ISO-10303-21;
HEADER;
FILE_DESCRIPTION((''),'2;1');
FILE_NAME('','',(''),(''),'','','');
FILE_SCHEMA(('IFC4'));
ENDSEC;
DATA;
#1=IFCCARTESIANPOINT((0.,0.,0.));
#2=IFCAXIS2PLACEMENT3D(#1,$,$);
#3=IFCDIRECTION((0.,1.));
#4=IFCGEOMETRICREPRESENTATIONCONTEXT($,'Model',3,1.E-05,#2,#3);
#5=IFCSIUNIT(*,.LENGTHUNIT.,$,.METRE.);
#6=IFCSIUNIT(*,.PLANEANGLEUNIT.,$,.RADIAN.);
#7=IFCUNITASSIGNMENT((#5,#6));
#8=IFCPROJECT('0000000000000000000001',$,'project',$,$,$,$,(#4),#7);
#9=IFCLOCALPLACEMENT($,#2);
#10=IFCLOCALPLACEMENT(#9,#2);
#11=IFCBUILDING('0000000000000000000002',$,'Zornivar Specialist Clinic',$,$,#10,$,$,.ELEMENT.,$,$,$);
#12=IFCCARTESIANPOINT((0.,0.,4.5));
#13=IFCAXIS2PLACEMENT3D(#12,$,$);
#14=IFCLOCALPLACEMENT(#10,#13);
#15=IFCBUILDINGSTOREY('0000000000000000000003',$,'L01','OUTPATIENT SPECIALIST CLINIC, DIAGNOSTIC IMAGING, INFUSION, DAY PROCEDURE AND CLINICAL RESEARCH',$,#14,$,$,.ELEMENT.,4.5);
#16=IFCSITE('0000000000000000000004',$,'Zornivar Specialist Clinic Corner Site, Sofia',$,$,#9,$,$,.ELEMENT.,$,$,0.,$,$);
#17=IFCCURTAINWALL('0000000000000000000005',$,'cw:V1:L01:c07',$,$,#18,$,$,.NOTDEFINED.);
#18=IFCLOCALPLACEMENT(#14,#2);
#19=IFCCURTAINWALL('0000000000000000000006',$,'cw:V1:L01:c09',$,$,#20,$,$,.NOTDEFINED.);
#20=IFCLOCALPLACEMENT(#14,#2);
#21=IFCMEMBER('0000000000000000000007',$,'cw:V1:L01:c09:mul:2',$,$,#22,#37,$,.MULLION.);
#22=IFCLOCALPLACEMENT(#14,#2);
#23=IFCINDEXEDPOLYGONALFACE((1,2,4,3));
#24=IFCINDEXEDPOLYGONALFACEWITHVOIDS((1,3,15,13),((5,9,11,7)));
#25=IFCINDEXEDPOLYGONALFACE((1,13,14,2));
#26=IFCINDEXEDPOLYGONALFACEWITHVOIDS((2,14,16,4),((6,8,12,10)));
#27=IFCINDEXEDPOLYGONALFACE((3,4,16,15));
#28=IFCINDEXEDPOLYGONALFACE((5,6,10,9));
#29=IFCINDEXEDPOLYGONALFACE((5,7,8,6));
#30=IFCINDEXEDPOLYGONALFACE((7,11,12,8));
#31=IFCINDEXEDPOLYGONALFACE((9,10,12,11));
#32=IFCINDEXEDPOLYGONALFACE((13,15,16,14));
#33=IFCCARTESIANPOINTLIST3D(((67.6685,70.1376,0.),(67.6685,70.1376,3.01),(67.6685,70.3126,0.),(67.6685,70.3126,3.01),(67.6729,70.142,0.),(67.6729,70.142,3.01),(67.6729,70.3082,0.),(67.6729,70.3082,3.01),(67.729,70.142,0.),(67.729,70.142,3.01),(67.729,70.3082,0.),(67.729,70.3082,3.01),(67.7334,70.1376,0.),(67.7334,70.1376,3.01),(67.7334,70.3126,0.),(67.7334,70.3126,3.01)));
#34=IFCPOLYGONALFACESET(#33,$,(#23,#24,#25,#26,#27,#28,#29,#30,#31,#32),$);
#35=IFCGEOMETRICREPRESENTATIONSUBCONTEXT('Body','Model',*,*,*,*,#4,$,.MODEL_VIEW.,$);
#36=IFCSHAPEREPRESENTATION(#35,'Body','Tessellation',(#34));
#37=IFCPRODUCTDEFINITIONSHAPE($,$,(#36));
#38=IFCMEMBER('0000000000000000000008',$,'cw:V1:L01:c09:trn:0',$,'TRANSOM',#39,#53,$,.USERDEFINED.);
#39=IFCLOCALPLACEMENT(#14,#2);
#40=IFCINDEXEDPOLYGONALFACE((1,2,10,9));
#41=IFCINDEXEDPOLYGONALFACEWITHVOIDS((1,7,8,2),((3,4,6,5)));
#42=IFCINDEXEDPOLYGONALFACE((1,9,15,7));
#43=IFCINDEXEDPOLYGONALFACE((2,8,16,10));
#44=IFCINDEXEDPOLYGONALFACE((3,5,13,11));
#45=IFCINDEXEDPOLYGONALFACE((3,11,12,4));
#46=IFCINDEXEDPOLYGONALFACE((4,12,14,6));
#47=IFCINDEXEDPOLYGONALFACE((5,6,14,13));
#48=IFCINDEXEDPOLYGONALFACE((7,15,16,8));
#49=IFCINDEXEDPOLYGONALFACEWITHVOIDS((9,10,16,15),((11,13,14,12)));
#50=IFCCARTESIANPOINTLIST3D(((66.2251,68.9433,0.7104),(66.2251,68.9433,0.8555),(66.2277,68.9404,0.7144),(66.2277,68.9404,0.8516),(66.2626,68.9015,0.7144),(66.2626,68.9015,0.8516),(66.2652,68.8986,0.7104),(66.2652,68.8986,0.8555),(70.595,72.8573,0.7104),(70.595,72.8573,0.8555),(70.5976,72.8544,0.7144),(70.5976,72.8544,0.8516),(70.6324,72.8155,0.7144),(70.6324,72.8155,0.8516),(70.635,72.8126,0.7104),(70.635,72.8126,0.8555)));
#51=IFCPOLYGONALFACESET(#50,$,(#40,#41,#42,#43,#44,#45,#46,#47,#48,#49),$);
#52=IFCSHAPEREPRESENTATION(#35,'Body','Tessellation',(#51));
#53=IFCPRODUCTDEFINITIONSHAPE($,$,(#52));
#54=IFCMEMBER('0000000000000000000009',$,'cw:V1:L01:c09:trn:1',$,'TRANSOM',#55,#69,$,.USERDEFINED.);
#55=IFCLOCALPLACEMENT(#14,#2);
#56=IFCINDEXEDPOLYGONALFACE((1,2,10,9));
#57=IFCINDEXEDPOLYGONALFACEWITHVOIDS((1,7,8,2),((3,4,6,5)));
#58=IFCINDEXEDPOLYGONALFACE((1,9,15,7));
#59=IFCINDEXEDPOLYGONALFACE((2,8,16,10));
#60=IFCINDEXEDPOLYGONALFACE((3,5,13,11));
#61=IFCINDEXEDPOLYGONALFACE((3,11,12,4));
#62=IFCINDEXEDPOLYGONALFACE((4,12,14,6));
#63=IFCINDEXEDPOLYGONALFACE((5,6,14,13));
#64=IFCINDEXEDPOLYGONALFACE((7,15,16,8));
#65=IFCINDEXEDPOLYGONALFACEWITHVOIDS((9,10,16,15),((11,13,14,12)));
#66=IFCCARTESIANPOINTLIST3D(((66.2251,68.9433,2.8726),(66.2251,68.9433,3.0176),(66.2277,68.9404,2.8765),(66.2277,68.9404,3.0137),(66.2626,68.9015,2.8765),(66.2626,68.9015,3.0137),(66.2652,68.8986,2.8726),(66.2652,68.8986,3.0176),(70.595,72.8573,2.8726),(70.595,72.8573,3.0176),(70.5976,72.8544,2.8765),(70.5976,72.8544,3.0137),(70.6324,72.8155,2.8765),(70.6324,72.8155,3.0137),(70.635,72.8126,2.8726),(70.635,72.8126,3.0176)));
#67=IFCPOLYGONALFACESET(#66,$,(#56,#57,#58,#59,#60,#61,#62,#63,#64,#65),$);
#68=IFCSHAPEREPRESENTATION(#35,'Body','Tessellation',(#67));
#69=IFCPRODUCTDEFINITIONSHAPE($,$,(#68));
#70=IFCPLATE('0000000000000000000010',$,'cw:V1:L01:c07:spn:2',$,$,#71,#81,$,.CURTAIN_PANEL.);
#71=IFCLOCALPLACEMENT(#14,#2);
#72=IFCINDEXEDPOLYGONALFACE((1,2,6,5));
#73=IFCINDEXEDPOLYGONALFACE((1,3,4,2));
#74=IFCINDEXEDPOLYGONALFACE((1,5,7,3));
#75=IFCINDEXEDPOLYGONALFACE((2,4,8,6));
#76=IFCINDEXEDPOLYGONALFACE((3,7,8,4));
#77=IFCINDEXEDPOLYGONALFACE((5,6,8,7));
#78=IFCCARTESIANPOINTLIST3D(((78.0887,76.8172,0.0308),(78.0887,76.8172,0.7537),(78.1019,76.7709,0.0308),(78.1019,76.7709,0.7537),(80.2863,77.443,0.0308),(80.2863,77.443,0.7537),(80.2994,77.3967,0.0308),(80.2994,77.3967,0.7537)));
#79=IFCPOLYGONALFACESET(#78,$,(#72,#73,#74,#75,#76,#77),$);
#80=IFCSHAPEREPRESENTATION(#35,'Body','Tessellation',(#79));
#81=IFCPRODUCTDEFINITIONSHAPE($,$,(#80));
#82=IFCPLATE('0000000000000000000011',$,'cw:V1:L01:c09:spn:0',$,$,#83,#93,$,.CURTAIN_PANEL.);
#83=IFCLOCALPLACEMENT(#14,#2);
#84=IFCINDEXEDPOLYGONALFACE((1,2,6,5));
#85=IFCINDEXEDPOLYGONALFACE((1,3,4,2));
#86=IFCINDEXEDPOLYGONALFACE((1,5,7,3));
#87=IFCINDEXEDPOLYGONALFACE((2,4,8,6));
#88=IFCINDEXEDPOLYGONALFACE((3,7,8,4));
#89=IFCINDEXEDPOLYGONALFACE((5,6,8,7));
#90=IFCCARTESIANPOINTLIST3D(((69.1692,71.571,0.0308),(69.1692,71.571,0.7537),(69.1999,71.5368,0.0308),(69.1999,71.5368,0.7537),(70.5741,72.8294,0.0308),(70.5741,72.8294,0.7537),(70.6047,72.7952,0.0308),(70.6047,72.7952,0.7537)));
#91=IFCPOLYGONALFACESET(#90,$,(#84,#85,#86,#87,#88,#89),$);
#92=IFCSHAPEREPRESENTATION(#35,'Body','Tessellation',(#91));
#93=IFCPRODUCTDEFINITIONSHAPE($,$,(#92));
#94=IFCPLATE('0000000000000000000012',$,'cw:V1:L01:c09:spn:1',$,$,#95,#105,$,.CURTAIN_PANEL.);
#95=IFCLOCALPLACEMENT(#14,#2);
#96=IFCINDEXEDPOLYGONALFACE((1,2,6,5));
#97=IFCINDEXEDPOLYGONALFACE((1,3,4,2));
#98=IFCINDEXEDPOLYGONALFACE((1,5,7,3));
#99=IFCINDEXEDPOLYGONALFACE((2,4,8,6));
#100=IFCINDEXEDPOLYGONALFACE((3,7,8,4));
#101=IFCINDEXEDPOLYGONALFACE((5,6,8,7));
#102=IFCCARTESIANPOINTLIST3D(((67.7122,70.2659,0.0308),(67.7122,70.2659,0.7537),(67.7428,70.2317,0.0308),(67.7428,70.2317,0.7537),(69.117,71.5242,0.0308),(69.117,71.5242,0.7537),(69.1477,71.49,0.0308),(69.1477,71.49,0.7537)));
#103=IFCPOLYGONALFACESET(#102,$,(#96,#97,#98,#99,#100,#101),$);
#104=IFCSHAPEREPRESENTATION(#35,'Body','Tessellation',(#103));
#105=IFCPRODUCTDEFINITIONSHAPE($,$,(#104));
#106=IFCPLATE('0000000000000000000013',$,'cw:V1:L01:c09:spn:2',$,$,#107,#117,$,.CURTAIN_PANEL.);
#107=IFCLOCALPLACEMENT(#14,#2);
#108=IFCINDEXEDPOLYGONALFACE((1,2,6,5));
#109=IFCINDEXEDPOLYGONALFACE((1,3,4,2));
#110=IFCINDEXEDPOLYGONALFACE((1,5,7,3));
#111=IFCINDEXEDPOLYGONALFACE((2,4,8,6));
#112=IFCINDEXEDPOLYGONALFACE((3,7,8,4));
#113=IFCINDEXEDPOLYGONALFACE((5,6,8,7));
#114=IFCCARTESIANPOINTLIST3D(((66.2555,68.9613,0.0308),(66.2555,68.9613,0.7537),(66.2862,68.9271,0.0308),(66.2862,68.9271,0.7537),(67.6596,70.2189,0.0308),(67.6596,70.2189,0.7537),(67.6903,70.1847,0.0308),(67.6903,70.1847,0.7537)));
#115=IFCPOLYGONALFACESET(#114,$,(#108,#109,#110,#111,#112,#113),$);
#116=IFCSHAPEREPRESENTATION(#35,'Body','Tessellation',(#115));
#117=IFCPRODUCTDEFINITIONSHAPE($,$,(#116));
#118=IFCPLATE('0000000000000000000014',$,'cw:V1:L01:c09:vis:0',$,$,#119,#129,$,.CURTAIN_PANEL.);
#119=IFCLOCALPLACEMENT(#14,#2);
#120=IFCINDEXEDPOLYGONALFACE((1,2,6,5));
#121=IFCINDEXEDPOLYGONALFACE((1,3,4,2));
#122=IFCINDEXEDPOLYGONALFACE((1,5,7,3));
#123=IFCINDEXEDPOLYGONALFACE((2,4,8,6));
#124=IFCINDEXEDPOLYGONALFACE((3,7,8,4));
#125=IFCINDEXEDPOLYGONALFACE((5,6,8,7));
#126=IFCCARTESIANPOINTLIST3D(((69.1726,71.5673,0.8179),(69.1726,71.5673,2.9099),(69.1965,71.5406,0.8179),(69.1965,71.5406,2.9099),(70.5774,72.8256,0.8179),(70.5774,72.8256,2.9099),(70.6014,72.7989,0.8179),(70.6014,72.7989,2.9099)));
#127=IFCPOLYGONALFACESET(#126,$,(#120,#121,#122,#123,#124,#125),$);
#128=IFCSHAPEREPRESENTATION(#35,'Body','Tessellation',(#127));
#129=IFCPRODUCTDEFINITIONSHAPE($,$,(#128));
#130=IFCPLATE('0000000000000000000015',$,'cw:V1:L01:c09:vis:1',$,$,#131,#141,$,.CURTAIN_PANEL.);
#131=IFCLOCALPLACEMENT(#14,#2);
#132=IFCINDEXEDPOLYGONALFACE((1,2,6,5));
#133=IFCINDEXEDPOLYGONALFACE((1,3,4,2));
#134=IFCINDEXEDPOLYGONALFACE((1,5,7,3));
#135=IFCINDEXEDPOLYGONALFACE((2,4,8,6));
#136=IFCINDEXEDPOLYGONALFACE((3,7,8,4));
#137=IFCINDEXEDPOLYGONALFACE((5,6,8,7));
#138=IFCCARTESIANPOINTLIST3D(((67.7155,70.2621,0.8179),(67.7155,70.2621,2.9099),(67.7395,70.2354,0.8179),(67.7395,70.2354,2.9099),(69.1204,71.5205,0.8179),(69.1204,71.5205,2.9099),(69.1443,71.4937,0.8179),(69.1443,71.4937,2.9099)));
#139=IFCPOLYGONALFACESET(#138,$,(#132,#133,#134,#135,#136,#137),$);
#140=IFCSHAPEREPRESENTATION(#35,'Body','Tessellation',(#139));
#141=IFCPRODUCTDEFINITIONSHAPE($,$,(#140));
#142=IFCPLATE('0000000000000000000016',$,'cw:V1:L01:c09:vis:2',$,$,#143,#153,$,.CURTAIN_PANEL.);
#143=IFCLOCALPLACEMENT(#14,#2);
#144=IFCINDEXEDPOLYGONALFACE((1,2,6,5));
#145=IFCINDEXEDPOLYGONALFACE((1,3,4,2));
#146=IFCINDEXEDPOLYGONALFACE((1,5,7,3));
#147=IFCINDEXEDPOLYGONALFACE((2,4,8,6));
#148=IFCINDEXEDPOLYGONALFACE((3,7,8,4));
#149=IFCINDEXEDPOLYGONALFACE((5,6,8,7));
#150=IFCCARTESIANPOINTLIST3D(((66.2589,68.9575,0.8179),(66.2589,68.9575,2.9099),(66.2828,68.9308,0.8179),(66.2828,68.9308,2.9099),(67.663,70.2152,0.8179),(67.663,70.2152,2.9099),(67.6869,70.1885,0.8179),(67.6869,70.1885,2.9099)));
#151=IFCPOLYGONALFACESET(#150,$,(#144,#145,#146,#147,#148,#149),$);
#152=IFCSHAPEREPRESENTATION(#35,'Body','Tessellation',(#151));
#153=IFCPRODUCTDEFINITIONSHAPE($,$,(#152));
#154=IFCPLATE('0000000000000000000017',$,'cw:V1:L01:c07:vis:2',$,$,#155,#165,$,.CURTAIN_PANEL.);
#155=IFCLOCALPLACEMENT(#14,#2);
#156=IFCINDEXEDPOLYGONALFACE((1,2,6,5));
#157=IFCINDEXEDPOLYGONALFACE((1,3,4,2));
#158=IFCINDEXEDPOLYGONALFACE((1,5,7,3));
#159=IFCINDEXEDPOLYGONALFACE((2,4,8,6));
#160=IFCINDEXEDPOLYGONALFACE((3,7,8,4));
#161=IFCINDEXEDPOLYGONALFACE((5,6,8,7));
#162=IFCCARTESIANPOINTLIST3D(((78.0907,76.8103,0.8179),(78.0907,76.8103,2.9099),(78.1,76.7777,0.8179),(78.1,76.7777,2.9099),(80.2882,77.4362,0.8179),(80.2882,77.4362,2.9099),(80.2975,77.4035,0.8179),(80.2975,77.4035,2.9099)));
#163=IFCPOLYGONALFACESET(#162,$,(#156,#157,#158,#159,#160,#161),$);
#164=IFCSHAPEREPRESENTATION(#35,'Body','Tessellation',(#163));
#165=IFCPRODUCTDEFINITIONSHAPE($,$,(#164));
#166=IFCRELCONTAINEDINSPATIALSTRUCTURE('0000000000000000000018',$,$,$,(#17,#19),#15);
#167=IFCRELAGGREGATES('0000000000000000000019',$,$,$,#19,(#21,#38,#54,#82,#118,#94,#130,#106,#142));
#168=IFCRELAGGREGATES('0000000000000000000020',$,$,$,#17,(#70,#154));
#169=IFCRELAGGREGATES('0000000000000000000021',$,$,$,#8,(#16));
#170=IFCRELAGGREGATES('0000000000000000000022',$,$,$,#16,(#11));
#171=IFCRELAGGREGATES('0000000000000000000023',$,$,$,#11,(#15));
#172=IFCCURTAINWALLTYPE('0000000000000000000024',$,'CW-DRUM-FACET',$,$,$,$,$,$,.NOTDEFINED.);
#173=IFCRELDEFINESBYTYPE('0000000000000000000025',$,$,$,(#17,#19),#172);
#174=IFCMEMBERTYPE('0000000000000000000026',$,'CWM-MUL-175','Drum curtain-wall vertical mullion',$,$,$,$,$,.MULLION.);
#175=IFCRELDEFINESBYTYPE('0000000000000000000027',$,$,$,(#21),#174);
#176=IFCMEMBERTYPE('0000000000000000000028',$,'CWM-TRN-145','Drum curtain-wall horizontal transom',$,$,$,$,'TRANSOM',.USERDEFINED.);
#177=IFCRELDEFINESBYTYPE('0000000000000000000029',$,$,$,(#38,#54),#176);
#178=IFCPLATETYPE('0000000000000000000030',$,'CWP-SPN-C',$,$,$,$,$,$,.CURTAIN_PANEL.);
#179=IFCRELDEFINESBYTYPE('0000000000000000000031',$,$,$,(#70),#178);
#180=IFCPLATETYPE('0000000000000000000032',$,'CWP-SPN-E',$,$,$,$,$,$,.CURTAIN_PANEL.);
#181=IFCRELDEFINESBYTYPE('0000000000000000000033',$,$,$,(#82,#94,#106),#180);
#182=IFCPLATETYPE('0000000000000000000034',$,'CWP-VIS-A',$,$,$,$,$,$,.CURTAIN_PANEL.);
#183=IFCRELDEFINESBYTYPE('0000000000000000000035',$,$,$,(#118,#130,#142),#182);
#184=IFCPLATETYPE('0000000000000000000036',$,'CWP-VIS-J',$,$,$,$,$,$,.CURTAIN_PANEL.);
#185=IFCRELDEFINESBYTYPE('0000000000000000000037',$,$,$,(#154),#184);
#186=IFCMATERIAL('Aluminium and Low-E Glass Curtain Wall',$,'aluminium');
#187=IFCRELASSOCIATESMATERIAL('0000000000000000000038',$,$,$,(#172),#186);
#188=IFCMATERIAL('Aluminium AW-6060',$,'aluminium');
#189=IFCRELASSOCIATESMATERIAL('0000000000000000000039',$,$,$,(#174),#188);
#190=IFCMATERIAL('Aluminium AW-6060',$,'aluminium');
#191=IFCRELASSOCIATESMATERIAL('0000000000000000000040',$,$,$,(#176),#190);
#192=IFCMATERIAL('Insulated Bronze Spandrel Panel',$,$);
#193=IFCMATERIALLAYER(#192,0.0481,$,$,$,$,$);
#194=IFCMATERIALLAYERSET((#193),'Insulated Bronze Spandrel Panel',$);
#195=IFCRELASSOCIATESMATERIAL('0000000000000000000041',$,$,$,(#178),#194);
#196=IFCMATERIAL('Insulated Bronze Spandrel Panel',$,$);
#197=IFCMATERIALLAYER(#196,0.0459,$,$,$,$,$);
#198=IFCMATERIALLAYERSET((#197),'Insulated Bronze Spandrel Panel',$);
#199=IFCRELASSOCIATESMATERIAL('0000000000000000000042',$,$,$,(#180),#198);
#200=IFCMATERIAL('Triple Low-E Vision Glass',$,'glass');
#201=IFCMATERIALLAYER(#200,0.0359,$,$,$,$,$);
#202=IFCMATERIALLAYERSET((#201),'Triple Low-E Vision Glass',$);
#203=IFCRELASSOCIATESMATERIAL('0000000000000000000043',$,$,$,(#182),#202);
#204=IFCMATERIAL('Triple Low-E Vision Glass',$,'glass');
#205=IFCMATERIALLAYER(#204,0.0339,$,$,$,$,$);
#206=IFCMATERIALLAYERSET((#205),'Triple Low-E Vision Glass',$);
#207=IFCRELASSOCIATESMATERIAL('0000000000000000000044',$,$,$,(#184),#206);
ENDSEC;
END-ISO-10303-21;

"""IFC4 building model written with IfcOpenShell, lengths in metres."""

from ifc_helpers import new_model, si_unit, direction, frame, origin, origin_2d, place, context, subcontext, project, spatial, rectangle, hollow_rectangle, extrude, material, layer, layer_set, material_profile, profile_set, type_object, element, aggregate, save


model = new_model("IFC4")

# Units and contexts
model_context = context("Model", 3, precision=1e-05, world=origin(), true_north=direction((0.0, 1.0)))
body_context = subcontext(model_context, "Body", "Model", "MODEL_VIEW")
ifc_project = project(units=[si_unit("LENGTHUNIT", "METRE"), si_unit("PLANEANGLEUNIT", "RADIAN")], contexts=[model_context])

# Site, building, storey
site_placement = place(None, origin())
site = spatial("IfcSite", under=ifc_project, at=site_placement, Name="Zornivar Specialist Clinic Corner Site, Sofia", CompositionType="ELEMENT", RefElevation=0.0)
building_placement = place(site_placement, origin())
building = spatial("IfcBuilding", under=site, at=building_placement, Name="Zornivar Specialist Clinic", CompositionType="ELEMENT")
storey_placement = place(building_placement, frame((0.0, 0.0, 4.5)))
storey = spatial("IfcBuildingStorey", under=building, at=storey_placement, Name="L01", Description="OUTPATIENT SPECIALIST CLINIC, DIAGNOSTIC IMAGING, INFUSION, DAY PROCEDURE AND CLINICAL RESEARCH", CompositionType="ELEMENT", Elevation=4.5)

# Curtain wall
ifc_material_1 = material(Name="Aluminium and Low-E Glass Curtain Wall", Category="aluminium")
curtain_wall_type = type_object("IfcCurtainWallType", Name="CW-DRUM-FACET", PredefinedType="NOTDEFINED", material=ifc_material_1)
curtain_wall_1_placement = place(storey_placement, origin())
curtain_wall_1 = element("IfcCurtainWall", 1, at=curtain_wall_1_placement, inside=storey, type_object=curtain_wall_type, Name="cw:V1:L01:c07", PredefinedType="NOTDEFINED")
ifc_material_2 = material(Name="Aluminium AW-6060", Category="aluminium")
ifc_material_profile_1 = material_profile(ifc_material_2, hollow_rectangle(XDim=0.0649, YDim=0.175, WallThickness=0.0044, at=origin_2d()), Name="ALU 65x175x4.5")
ifc_profile_set_1 = profile_set([ifc_material_profile_1], Name="Aluminium AW-6060")
member_type_1 = type_object("IfcMemberType", Name="CWM-MUL-175", Description="Drum curtain-wall vertical mullion", PredefinedType="MULLION", material=ifc_profile_set_1)

# Curtain wall, members
curtain_wall_2_placement = place(storey_placement, origin())
curtain_wall_2 = element("IfcCurtainWall", 2, at=curtain_wall_2_placement, inside=storey, type_object=curtain_wall_type, Name="cw:V1:L01:c09", PredefinedType="NOTDEFINED")
member_1_placement = place(storey_placement, frame((67.7009, 70.2251, 0.0), z_axis=(0.0, 0.0, 1.0), x_axis=(1.0, 0.0, 0.0)))
member_1 = element("IfcMember", 3, at=member_1_placement, type_object=member_type_1, Name="cw:V1:L01:c09:mul:2", PredefinedType="MULLION", context=body_context, shape_type="SweptSolid", body=[
    extrude(hollow_rectangle(XDim=0.0649, YDim=0.175, WallThickness=0.0044, at=origin_2d()), origin(), (0.0, 0.0, 1.0), 3.01),
])
ifc_material_3 = material(Name="Aluminium AW-6060", Category="aluminium")
ifc_material_profile_2 = material_profile(ifc_material_3, hollow_rectangle(XDim=0.0601, YDim=0.145, WallThickness=0.0039, at=origin_2d()), Name="ALU 60x145x4")
ifc_profile_set_2 = profile_set([ifc_material_profile_2], Name="Aluminium AW-6060")
member_type_2 = type_object("IfcMemberType", Name="CWM-TRN-145", Description="Drum curtain-wall horizontal transom", ElementType="TRANSOM", PredefinedType="USERDEFINED", material=ifc_profile_set_2)
member_2_placement = place(storey_placement, frame((70.615, 72.835, 0.783), z_axis=(-0.744887, -0.66719, 0.0), x_axis=(0.66719, -0.744887, 0.0)))
member_2 = element("IfcMember", 4, at=member_2_placement, type_object=member_type_2, Name="cw:V1:L01:c09:trn:0", ObjectType="TRANSOM", PredefinedType="USERDEFINED", context=body_context, shape_type="SweptSolid", body=[
    extrude(hollow_rectangle(XDim=0.0601, YDim=0.145, WallThickness=0.0039, at=origin_2d()), origin(), (0.0, 0.0, 1.0), 5.8665),
])
member_3_placement = place(storey_placement, frame((70.615, 72.835, 2.9451), z_axis=(-0.744887, -0.66719, 0.0), x_axis=(0.66719, -0.744887, 0.0)))
member_3 = element("IfcMember", 5, at=member_3_placement, type_object=member_type_2, Name="cw:V1:L01:c09:trn:1", ObjectType="TRANSOM", PredefinedType="USERDEFINED", context=body_context, shape_type="SweptSolid", body=[
    extrude(hollow_rectangle(XDim=0.0601, YDim=0.145, WallThickness=0.0039, at=origin_2d()), origin(), (0.0, 0.0, 1.0), 5.8665),
])

# Plates
ifc_material_4 = material(Name="Insulated Bronze Spandrel Panel")
ifc_layer_1 = layer(ifc_material_4, 0.0481)
ifc_layer_set_1 = layer_set([ifc_layer_1], Name="Insulated Bronze Spandrel Panel")
plate_type_1 = type_object("IfcPlateType", Name="CWP-SPN-C", PredefinedType="CURTAIN_PANEL", material=ifc_layer_set_1)
plate_1_placement = place(storey_placement, frame((79.1941, 77.1069, 0.0308), z_axis=(0.0, 0.0, 1.0), x_axis=(-0.961761, -0.273889, 0.0)))
plate_1 = element("IfcPlate", 6, at=plate_1_placement, type_object=plate_type_1, Name="cw:V1:L01:c07:spn:2", PredefinedType="CURTAIN_PANEL", context=body_context, shape_type="SweptSolid", body=[
    extrude(rectangle(XDim=2.2849, YDim=0.0481, at=origin_2d()), origin(), (0.0, 0.0, 1.0), 0.7229),
])
ifc_material_5 = material(Name="Insulated Bronze Spandrel Panel")
ifc_layer_2 = layer(ifc_material_5, 0.0459)
ifc_layer_set_2 = layer_set([ifc_layer_2], Name="Insulated Bronze Spandrel Panel")
plate_type_2 = type_object("IfcPlateType", Name="CWP-SPN-E", PredefinedType="CURTAIN_PANEL", material=ifc_layer_set_2)
plate_2_placement = place(storey_placement, frame((69.887, 72.1831, 0.0308), z_axis=(0.0, 0.0, 1.0), x_axis=(-0.744881, -0.667198, 0.0)))
plate_2 = element("IfcPlate", 7, at=plate_2_placement, type_object=plate_type_2, Name="cw:V1:L01:c09:spn:0", PredefinedType="CURTAIN_PANEL", context=body_context, shape_type="SweptSolid", body=[
    extrude(rectangle(XDim=1.886, YDim=0.0459, at=origin_2d()), origin(), (0.0, 0.0, 1.0), 0.7229),
])
plate_3_placement = place(storey_placement, frame((68.4299, 70.8779, 0.0308), z_axis=(0.0, 0.0, 1.0), x_axis=(-0.744881, -0.667198, 0.0)))
plate_3 = element("IfcPlate", 8, at=plate_3_placement, type_object=plate_type_2, Name="cw:V1:L01:c09:spn:1", PredefinedType="CURTAIN_PANEL", context=body_context, shape_type="SweptSolid", body=[
    extrude(rectangle(XDim=1.886, YDim=0.0459, at=origin_2d()), origin(), (0.0, 0.0, 1.0), 0.7229),
])
plate_4_placement = place(storey_placement, frame((66.9729, 69.573, 0.0308), z_axis=(0.0, 0.0, 1.0), x_axis=(-0.744881, -0.667198, 0.0)))
plate_4 = element("IfcPlate", 9, at=plate_4_placement, type_object=plate_type_2, Name="cw:V1:L01:c09:spn:2", PredefinedType="CURTAIN_PANEL", context=body_context, shape_type="SweptSolid", body=[
    extrude(rectangle(XDim=1.885, YDim=0.0459, at=origin_2d()), origin(), (0.0, 0.0, 1.0), 0.7229),
])
ifc_material_6 = material(Name="Triple Low-E Vision Glass", Category="glass")
ifc_layer_3 = layer(ifc_material_6, 0.0359)
ifc_layer_set_3 = layer_set([ifc_layer_3], Name="Triple Low-E Vision Glass")
plate_type_3 = type_object("IfcPlateType", Name="CWP-VIS-A", PredefinedType="CURTAIN_PANEL", material=ifc_layer_set_3)
plate_5_placement = place(storey_placement, frame((69.887, 72.1831, 0.8179), z_axis=(0.0, 0.0, 1.0), x_axis=(-0.744881, -0.667198, 0.0)))
plate_5 = element("IfcPlate", 10, at=plate_5_placement, type_object=plate_type_3, Name="cw:V1:L01:c09:vis:0", PredefinedType="CURTAIN_PANEL", context=body_context, shape_type="SweptSolid", body=[
    extrude(rectangle(XDim=1.886, YDim=0.0359, at=origin_2d()), origin(), (0.0, 0.0, 1.0), 2.092),
])
plate_6_placement = place(storey_placement, frame((68.4299, 70.8779, 0.8179), z_axis=(0.0, 0.0, 1.0), x_axis=(-0.744881, -0.667198, 0.0)))
plate_6 = element("IfcPlate", 11, at=plate_6_placement, type_object=plate_type_3, Name="cw:V1:L01:c09:vis:1", PredefinedType="CURTAIN_PANEL", context=body_context, shape_type="SweptSolid", body=[
    extrude(rectangle(XDim=1.886, YDim=0.0359, at=origin_2d()), origin(), (0.0, 0.0, 1.0), 2.092),
])
plate_7_placement = place(storey_placement, frame((66.9729, 69.573, 0.8179), z_axis=(0.0, 0.0, 1.0), x_axis=(-0.744881, -0.667198, 0.0)))
plate_7 = element("IfcPlate", 12, at=plate_7_placement, type_object=plate_type_3, Name="cw:V1:L01:c09:vis:2", PredefinedType="CURTAIN_PANEL", context=body_context, shape_type="SweptSolid", body=[
    extrude(rectangle(XDim=1.885, YDim=0.0359, at=origin_2d()), origin(), (0.0, 0.0, 1.0), 2.092),
])
aggregate(curtain_wall_2, [member_1, member_2, member_3, plate_2, plate_5, plate_3, plate_6, plate_4, plate_7])
ifc_material_7 = material(Name="Triple Low-E Vision Glass", Category="glass")
ifc_layer_4 = layer(ifc_material_7, 0.0339)
ifc_layer_set_4 = layer_set([ifc_layer_4], Name="Triple Low-E Vision Glass")
plate_type_4 = type_object("IfcPlateType", Name="CWP-VIS-J", PredefinedType="CURTAIN_PANEL", material=ifc_layer_set_4)
plate_8_placement = place(storey_placement, frame((79.1941, 77.1069, 0.8179), z_axis=(0.0, 0.0, 1.0), x_axis=(-0.961761, -0.273889, 0.0)))
plate_8 = element("IfcPlate", 13, at=plate_8_placement, type_object=plate_type_4, Name="cw:V1:L01:c07:vis:2", PredefinedType="CURTAIN_PANEL", context=body_context, shape_type="SweptSolid", body=[
    extrude(rectangle(XDim=2.2849, YDim=0.0339, at=origin_2d()), origin(), (0.0, 0.0, 1.0), 2.092),
])
aggregate(curtain_wall_1, [plate_1, plate_8])

save(model, "model.ifc")
